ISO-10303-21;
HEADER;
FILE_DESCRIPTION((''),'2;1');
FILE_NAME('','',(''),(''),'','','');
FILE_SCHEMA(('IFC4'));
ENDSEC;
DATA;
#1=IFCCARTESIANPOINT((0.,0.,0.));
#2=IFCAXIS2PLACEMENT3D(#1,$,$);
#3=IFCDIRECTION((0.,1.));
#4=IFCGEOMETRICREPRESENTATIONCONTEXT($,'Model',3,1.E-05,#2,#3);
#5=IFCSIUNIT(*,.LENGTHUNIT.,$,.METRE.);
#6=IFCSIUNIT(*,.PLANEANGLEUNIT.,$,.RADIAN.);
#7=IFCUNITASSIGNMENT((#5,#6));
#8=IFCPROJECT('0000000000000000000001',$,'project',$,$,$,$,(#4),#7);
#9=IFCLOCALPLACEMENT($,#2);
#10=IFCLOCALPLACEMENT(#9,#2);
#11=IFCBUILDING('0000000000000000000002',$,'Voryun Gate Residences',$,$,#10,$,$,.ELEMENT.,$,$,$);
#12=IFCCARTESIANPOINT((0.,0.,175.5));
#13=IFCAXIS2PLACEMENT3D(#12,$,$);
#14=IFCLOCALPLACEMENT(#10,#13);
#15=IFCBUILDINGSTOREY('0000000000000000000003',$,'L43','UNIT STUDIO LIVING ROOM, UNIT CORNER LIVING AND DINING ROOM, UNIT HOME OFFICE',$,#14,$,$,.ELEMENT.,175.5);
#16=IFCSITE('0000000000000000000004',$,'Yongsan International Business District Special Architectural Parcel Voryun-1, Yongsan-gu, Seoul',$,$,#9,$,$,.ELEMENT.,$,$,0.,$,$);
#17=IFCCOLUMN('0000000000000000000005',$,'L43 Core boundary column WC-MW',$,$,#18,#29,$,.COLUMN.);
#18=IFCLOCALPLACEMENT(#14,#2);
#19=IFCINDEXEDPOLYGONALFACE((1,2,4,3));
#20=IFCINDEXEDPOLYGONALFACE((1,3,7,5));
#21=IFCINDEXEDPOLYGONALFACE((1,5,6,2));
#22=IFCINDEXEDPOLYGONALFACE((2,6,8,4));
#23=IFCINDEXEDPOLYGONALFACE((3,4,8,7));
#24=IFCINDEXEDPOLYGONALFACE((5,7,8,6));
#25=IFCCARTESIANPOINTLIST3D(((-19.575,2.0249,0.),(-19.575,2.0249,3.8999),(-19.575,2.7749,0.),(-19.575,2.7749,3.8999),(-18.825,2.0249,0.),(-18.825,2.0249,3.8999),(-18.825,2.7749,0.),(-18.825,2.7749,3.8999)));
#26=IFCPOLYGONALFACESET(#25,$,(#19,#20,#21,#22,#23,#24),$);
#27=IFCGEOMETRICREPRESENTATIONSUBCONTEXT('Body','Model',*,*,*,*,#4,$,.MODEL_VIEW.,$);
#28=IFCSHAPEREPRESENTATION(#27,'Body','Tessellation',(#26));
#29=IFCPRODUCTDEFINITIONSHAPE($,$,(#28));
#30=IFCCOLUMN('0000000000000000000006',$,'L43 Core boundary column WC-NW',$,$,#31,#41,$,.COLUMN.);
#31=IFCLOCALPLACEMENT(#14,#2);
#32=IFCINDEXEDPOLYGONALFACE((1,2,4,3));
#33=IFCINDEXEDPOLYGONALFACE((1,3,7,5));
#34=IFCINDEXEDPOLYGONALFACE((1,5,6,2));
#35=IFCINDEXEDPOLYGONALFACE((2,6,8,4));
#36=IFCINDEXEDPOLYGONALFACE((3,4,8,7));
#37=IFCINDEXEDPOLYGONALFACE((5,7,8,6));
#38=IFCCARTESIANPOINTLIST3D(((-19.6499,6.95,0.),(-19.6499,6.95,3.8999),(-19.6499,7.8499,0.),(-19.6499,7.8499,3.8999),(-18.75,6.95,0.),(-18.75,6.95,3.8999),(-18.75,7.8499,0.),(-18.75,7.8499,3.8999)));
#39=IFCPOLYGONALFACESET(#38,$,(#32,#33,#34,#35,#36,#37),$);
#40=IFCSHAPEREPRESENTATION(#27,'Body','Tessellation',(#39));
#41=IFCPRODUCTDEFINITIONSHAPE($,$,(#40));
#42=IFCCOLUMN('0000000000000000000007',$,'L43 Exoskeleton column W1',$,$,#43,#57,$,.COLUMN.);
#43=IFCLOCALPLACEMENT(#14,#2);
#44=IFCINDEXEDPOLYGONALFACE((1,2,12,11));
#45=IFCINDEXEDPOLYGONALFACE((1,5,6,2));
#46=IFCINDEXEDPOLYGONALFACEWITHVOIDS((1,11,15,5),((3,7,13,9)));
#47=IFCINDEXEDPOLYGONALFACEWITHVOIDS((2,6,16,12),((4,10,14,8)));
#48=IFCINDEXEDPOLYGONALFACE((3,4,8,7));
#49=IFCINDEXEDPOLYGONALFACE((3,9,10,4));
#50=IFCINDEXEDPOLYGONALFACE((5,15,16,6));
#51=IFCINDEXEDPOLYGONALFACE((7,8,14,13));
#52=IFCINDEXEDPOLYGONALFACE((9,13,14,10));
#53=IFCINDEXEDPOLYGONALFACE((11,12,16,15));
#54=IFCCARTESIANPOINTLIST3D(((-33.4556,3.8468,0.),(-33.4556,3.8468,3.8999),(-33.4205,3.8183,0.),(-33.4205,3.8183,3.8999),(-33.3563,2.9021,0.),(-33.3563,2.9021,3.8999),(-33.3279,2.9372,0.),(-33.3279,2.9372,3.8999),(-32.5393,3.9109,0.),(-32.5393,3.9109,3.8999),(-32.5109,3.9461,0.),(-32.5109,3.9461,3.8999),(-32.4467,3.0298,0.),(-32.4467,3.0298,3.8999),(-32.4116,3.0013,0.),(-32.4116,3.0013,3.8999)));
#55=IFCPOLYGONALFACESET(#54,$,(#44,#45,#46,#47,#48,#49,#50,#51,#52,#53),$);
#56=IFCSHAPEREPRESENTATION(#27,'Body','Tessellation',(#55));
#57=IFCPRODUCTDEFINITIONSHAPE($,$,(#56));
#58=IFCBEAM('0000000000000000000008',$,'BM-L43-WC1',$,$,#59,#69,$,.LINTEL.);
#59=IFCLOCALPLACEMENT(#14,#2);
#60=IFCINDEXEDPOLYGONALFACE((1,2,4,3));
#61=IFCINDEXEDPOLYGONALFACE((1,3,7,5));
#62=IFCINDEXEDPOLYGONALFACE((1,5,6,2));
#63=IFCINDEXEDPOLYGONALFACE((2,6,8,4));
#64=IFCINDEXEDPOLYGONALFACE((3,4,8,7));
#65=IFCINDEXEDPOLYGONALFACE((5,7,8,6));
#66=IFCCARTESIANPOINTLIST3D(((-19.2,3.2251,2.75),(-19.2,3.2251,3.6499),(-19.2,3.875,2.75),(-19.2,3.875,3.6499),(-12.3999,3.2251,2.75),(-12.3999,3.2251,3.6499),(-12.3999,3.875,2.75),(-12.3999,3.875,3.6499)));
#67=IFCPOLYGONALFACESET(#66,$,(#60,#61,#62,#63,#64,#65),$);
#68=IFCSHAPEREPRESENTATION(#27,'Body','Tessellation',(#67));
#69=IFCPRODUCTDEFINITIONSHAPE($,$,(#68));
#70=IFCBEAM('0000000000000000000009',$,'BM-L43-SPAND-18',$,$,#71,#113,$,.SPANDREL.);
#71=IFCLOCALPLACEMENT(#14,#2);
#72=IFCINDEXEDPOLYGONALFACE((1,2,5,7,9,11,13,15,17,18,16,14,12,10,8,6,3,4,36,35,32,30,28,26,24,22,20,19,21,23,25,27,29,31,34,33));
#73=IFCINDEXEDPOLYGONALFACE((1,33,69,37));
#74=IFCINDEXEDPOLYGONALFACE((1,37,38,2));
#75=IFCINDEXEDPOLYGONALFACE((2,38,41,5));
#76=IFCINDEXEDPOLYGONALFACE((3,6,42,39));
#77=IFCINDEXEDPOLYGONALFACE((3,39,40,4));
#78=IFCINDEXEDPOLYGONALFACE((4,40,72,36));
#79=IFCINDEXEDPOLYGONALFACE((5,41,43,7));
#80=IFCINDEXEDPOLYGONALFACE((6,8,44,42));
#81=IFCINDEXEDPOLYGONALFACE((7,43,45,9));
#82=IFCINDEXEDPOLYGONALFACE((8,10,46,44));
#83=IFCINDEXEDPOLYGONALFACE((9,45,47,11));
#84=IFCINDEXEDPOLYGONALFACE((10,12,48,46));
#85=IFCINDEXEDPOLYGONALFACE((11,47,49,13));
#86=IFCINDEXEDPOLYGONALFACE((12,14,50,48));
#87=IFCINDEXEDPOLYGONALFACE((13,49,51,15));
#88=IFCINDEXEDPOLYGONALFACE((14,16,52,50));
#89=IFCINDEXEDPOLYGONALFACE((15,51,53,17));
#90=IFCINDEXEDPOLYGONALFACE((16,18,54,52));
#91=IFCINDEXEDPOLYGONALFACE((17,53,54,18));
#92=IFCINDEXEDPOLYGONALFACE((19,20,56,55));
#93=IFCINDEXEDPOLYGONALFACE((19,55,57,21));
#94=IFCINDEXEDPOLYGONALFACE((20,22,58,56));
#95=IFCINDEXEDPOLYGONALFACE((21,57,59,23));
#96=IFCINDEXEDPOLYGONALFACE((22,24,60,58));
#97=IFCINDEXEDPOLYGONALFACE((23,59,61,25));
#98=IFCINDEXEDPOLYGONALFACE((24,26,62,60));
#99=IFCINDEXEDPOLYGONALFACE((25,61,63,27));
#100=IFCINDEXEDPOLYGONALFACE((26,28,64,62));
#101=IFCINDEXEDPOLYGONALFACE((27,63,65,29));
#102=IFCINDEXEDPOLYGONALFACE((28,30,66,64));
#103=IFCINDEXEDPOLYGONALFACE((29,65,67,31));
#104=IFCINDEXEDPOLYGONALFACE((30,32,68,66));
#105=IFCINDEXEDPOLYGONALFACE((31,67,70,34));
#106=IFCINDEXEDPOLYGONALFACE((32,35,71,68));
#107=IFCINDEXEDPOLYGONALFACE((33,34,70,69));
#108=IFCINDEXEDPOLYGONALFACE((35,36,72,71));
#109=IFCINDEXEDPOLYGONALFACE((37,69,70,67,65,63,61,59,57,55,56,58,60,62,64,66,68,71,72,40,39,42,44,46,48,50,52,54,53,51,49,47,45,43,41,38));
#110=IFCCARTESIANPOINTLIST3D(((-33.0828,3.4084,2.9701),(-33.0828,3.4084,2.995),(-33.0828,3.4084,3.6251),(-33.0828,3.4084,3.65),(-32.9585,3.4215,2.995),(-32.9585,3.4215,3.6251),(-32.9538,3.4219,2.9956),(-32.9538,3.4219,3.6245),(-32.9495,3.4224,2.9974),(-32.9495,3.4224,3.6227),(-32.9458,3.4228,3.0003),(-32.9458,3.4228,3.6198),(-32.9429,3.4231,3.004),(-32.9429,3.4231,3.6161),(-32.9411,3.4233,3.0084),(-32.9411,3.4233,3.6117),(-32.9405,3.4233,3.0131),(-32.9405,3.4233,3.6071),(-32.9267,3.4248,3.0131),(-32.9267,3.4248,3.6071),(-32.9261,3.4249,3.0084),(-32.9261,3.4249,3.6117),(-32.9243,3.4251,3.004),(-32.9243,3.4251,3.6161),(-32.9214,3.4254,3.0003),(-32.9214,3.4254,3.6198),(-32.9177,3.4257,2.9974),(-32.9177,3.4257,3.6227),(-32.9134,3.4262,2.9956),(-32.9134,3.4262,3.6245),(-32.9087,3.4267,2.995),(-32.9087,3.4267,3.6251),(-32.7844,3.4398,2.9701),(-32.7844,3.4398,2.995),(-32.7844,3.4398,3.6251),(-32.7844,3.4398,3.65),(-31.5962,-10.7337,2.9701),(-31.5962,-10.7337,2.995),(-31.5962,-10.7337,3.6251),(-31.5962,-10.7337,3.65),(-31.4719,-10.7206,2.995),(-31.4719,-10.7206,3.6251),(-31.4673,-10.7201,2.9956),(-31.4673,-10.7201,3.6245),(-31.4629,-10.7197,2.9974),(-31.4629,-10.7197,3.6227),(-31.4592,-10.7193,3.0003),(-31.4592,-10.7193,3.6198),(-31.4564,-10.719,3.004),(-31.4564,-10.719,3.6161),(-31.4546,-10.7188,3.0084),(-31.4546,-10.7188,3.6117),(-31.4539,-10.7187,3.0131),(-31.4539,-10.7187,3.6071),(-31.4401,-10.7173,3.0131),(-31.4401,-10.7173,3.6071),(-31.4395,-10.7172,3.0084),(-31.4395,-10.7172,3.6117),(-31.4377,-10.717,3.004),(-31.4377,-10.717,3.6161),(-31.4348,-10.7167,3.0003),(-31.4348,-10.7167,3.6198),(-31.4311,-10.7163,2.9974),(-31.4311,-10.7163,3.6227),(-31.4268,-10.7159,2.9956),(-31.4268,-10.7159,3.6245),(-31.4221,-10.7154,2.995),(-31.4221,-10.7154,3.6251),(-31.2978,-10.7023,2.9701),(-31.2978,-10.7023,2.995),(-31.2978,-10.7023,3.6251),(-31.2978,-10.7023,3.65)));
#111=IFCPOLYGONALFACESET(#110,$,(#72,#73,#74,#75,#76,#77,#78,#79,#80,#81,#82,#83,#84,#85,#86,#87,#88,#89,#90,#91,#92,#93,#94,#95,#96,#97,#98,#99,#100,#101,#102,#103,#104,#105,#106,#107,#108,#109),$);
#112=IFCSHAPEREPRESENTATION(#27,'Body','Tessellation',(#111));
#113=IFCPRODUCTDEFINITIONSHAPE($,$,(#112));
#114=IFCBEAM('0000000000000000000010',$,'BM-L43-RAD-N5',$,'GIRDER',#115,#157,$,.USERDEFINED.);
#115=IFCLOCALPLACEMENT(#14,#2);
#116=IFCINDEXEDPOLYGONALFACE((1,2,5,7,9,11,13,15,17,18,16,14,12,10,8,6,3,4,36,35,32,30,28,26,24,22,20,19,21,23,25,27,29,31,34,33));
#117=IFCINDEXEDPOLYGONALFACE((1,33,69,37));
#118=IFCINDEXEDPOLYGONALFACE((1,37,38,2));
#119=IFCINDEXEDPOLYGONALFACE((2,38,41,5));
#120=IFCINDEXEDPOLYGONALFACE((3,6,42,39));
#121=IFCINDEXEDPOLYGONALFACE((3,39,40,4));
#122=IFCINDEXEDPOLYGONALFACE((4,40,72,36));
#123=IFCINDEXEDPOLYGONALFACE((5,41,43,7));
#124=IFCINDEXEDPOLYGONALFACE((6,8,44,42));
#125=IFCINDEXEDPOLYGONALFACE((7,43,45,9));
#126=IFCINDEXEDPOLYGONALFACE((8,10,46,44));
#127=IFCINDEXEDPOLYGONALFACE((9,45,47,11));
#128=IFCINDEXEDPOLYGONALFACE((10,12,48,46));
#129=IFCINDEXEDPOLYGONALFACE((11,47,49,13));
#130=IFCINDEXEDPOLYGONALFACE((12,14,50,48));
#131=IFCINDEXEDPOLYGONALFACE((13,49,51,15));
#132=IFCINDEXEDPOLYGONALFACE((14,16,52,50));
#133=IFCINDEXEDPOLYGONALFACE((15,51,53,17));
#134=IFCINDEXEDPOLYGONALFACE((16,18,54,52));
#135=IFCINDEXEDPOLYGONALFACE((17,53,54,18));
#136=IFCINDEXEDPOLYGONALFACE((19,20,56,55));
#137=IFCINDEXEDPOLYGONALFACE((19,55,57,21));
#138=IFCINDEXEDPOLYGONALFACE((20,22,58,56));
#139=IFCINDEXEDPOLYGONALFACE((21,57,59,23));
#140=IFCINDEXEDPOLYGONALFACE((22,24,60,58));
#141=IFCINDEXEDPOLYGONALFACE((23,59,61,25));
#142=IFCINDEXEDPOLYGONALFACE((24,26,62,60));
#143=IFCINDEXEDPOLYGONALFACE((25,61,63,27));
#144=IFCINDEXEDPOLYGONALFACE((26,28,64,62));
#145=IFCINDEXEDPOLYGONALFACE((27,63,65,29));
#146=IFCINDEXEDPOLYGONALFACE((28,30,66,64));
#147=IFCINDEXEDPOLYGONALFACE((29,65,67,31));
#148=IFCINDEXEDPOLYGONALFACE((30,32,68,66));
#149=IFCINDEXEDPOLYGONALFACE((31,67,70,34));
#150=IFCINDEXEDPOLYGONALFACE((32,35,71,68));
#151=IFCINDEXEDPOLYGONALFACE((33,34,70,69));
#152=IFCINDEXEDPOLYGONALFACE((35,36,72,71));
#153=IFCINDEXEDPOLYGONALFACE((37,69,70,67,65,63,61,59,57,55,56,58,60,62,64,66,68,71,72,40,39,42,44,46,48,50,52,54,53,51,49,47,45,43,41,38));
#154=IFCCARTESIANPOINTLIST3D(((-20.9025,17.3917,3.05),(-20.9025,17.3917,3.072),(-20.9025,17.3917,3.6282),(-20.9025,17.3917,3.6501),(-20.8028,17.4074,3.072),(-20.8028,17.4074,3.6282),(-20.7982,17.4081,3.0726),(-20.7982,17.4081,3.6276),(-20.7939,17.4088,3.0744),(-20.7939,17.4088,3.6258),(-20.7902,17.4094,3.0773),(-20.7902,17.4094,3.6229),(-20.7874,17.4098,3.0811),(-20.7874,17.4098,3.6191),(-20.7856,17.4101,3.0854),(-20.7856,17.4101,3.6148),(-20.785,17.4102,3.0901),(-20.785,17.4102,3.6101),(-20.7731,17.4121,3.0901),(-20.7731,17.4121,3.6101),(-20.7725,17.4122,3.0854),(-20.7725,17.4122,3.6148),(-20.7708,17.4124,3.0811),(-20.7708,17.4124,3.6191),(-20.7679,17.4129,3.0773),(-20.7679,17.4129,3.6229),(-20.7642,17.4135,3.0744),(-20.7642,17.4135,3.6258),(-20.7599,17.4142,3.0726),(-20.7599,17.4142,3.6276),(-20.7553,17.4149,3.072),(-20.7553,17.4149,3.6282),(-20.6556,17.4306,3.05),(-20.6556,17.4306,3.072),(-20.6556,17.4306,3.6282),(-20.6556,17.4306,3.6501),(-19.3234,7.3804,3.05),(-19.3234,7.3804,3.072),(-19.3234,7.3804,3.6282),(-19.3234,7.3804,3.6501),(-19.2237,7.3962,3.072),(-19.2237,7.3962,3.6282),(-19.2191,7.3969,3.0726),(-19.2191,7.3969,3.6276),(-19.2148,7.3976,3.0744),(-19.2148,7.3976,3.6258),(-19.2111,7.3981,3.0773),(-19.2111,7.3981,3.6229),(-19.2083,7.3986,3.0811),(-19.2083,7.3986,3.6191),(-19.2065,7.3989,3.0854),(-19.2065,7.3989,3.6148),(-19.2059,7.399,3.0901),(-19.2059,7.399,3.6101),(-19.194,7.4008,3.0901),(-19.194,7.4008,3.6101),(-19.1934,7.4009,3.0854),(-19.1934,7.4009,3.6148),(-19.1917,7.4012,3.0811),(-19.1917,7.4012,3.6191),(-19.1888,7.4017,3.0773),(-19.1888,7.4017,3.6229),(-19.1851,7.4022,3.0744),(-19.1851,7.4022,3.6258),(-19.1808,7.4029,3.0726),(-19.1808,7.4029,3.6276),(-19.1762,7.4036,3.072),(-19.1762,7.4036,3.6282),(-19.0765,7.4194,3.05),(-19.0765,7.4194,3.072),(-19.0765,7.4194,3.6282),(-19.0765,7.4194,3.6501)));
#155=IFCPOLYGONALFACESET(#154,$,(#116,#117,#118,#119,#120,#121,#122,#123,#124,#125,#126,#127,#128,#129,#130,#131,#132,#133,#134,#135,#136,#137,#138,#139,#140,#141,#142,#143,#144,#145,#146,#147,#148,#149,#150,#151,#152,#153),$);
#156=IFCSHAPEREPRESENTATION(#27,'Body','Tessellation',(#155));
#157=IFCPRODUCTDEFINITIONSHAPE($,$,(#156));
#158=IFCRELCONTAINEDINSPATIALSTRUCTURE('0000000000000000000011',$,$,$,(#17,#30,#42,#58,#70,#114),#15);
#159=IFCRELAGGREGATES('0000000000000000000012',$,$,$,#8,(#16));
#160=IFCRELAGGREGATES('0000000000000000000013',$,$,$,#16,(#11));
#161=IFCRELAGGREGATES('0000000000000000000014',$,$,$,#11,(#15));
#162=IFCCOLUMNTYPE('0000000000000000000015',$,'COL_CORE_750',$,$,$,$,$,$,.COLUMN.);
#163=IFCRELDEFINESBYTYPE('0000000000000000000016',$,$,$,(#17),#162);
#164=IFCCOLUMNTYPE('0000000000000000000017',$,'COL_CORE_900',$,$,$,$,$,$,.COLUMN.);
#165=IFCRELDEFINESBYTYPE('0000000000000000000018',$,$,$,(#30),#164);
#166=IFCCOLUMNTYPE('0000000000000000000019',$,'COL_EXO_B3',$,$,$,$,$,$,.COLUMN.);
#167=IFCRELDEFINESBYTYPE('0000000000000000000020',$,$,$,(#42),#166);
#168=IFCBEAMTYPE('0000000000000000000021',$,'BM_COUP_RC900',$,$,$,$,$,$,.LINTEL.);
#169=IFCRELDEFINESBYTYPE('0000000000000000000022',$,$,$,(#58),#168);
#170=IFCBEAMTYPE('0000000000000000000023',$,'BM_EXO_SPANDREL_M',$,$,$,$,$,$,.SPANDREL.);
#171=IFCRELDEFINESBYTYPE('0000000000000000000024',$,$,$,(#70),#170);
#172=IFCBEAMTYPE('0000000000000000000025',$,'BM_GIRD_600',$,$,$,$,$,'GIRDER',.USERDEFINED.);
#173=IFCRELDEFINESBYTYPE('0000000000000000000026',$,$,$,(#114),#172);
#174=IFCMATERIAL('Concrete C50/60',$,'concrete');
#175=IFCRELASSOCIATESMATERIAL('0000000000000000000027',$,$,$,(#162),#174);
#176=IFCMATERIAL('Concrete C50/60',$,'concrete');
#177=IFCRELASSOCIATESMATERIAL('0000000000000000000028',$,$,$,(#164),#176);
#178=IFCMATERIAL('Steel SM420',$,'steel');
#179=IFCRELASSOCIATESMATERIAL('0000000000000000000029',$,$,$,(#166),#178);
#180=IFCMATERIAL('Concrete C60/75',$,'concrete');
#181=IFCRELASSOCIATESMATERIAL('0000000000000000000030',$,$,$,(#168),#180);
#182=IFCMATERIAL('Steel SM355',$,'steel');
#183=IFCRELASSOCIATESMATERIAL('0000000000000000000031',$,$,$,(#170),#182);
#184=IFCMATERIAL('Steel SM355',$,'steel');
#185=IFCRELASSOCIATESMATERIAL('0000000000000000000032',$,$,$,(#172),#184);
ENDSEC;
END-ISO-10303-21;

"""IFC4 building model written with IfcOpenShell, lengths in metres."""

from ifc_helpers import new_model, si_unit, direction, frame, origin, origin_2d, place, context, subcontext, project, spatial, rectangle, hollow_rectangle, i_section, extrude, material, material_profile, profile_set, type_object, element, save


model = new_model("IFC4")

# Units and contexts
model_context = context("Model", 3, precision=1e-05, world=origin(), true_north=direction((0.0, 1.0)))
body_context = subcontext(model_context, "Body", "Model", "MODEL_VIEW")
ifc_project = project(units=[si_unit("LENGTHUNIT", "METRE"), si_unit("PLANEANGLEUNIT", "RADIAN")], contexts=[model_context])

# Site, building, storey
site_placement = place(None, origin())
site = spatial("IfcSite", under=ifc_project, at=site_placement, Name="Yongsan International Business District Special Architectural Parcel Voryun-1, Yongsan-gu, Seoul", CompositionType="ELEMENT", RefElevation=0.0)
building_placement = place(site_placement, origin())
building = spatial("IfcBuilding", under=site, at=building_placement, Name="Voryun Gate Residences", CompositionType="ELEMENT")
storey_placement = place(building_placement, frame((0.0, 0.0, 175.5)))
storey = spatial("IfcBuildingStorey", under=building, at=storey_placement, Name="L43", Description="UNIT STUDIO LIVING ROOM, UNIT CORNER LIVING AND DINING ROOM, UNIT HOME OFFICE", CompositionType="ELEMENT", Elevation=175.5)

# Columns
ifc_material_1 = material(Name="Concrete C50/60", Category="concrete")
ifc_material_profile_1 = material_profile(ifc_material_1, rectangle(XDim=0.75, YDim=0.75, at=origin_2d()), Name="RC-750x750")
ifc_profile_set_1 = profile_set([ifc_material_profile_1], Name="Concrete C50/60")
column_type_1 = type_object("IfcColumnType", Name="COL_CORE_750", PredefinedType="COLUMN", material=ifc_profile_set_1)
column_1_placement = place(storey_placement, frame((-19.2, 2.3999, 0.0), z_axis=(0.0, 0.0, 1.0), x_axis=(1.0, 0.0, 0.0)))
element("IfcColumn", 1, at=column_1_placement, inside=storey, type_object=column_type_1, Name="L43 Core boundary column WC-MW", PredefinedType="COLUMN", context=body_context, shape_type="SweptSolid", body=[
    extrude(rectangle(XDim=0.75, YDim=0.75, at=origin_2d()), origin(), (0.0, 0.0, 1.0), 3.8999),
])
ifc_material_2 = material(Name="Concrete C50/60", Category="concrete")
ifc_material_profile_2 = material_profile(ifc_material_2, rectangle(XDim=0.8999, YDim=0.8999, at=origin_2d()), Name="RC-900x900")
ifc_profile_set_2 = profile_set([ifc_material_profile_2], Name="Concrete C50/60")
column_type_2 = type_object("IfcColumnType", Name="COL_CORE_900", PredefinedType="COLUMN", material=ifc_profile_set_2)
column_2_placement = place(storey_placement, frame((-19.2, 7.3999, 0.0), z_axis=(0.0, 0.0, 1.0), x_axis=(1.0, 0.0, 0.0)))
element("IfcColumn", 2, at=column_2_placement, inside=storey, type_object=column_type_2, Name="L43 Core boundary column WC-NW", PredefinedType="COLUMN", context=body_context, shape_type="SweptSolid", body=[
    extrude(rectangle(XDim=0.8999, YDim=0.8999, at=origin_2d()), origin(), (0.0, 0.0, 1.0), 3.8999),
])
ifc_material_3 = material(Name="Steel SM420", Category="steel")
ifc_material_profile_3 = material_profile(ifc_material_3, hollow_rectangle(XDim=0.95, YDim=0.95, WallThickness=0.032, at=origin_2d()), Name="BOX-950x950x32")
ifc_profile_set_3 = profile_set([ifc_material_profile_3], Name="Steel SM420")
column_type_3 = type_object("IfcColumnType", Name="COL_EXO_B3", PredefinedType="COLUMN", material=ifc_profile_set_3)
column_3_placement = place(storey_placement, frame((-32.9336, 3.4241, 0.0), z_axis=(0.0, 0.0, 1.0), x_axis=(0.994522, 0.104528, 0.0)))
element("IfcColumn", 3, at=column_3_placement, inside=storey, type_object=column_type_3, Name="L43 Exoskeleton column W1", PredefinedType="COLUMN", context=body_context, shape_type="SweptSolid", body=[
    extrude(hollow_rectangle(XDim=0.95, YDim=0.95, WallThickness=0.032, at=origin_2d()), origin(), (0.0, 0.0, 1.0), 3.8999),
])

# Beams
ifc_material_4 = material(Name="Concrete C60/75", Category="concrete")
ifc_material_profile_4 = material_profile(ifc_material_4, rectangle(XDim=0.6499, YDim=0.8999, at=origin_2d()), Name="RC-650x900")
ifc_profile_set_4 = profile_set([ifc_material_profile_4], Name="Concrete C60/75")
beam_type_1 = type_object("IfcBeamType", Name="BM_COUP_RC900", PredefinedType="LINTEL", material=ifc_profile_set_4)
beam_1_placement = place(storey_placement, frame((-19.2, 3.55, 3.2), z_axis=(1.0, 0.0, 0.0), x_axis=(0.0, 1.0, 0.0)))
element("IfcBeam", 4, at=beam_1_placement, inside=storey, type_object=beam_type_1, Name="BM-L43-WC1", PredefinedType="LINTEL", context=body_context, shape_type="SweptSolid", body=[
    extrude(rectangle(XDim=0.6499, YDim=0.8999, at=origin_2d()), origin(), (0.0, 0.0, 1.0), 6.8),
])
ifc_material_5 = material(Name="Steel SM355", Category="steel")
ifc_material_profile_5 = material_profile(ifc_material_5, i_section(OverallWidth=0.3, OverallDepth=0.6799, WebThickness=0.0139, FlangeThickness=0.0249, FilletRadius=0.0181, at=origin_2d()), Name="H-680x300x14x25")
ifc_profile_set_5 = profile_set([ifc_material_profile_5], Name="Steel SM355")
beam_type_2 = type_object("IfcBeamType", Name="BM_EXO_SPANDREL_M", PredefinedType="SPANDREL", material=ifc_profile_set_5)
beam_2_placement = place(storey_placement, frame((-32.9336, 3.4241, 3.3101), z_axis=(0.104541, -0.994521, 0.0), x_axis=(0.994521, 0.104541, 0.0)))
element("IfcBeam", 5, at=beam_2_placement, inside=storey, type_object=beam_type_2, Name="BM-L43-SPAND-18", PredefinedType="SPANDREL", context=body_context, shape_type="SweptSolid", body=[
    extrude(i_section(OverallWidth=0.3, OverallDepth=0.6799, WebThickness=0.0139, FlangeThickness=0.0249, FilletRadius=0.0181, at=origin_2d()), origin(), (0.0, 0.0, 1.0), 14.22),
])
ifc_material_6 = material(Name="Steel SM355", Category="steel")
ifc_material_profile_6 = material_profile(ifc_material_6, i_section(OverallWidth=0.25, OverallDepth=0.6001, WebThickness=0.012, FlangeThickness=0.022, FilletRadius=0.0181, at=origin_2d()), Name="H-600x250x12x22")
ifc_profile_set_6 = profile_set([ifc_material_profile_6], Name="Steel SM355")
beam_type_3 = type_object("IfcBeamType", Name="BM_GIRD_600", ElementType="GIRDER", PredefinedType="USERDEFINED", material=ifc_profile_set_6)
beam_3_placement = place(storey_placement, frame((-19.2, 7.3999, 3.3501), z_axis=(-0.155807, 0.987788, 0.0), x_axis=(-0.987788, -0.155807, 0.0)))
element("IfcBeam", 6, at=beam_3_placement, inside=storey, type_object=beam_type_3, Name="BM-L43-RAD-N5", ObjectType="GIRDER", PredefinedType="USERDEFINED", context=body_context, shape_type="SweptSolid", body=[
    extrude(i_section(OverallWidth=0.25, OverallDepth=0.6001, WebThickness=0.012, FlangeThickness=0.022, FilletRadius=0.0181, at=origin_2d()), origin(), (0.0, 0.0, 1.0), 10.135),
])

save(model, "model.ifc")
